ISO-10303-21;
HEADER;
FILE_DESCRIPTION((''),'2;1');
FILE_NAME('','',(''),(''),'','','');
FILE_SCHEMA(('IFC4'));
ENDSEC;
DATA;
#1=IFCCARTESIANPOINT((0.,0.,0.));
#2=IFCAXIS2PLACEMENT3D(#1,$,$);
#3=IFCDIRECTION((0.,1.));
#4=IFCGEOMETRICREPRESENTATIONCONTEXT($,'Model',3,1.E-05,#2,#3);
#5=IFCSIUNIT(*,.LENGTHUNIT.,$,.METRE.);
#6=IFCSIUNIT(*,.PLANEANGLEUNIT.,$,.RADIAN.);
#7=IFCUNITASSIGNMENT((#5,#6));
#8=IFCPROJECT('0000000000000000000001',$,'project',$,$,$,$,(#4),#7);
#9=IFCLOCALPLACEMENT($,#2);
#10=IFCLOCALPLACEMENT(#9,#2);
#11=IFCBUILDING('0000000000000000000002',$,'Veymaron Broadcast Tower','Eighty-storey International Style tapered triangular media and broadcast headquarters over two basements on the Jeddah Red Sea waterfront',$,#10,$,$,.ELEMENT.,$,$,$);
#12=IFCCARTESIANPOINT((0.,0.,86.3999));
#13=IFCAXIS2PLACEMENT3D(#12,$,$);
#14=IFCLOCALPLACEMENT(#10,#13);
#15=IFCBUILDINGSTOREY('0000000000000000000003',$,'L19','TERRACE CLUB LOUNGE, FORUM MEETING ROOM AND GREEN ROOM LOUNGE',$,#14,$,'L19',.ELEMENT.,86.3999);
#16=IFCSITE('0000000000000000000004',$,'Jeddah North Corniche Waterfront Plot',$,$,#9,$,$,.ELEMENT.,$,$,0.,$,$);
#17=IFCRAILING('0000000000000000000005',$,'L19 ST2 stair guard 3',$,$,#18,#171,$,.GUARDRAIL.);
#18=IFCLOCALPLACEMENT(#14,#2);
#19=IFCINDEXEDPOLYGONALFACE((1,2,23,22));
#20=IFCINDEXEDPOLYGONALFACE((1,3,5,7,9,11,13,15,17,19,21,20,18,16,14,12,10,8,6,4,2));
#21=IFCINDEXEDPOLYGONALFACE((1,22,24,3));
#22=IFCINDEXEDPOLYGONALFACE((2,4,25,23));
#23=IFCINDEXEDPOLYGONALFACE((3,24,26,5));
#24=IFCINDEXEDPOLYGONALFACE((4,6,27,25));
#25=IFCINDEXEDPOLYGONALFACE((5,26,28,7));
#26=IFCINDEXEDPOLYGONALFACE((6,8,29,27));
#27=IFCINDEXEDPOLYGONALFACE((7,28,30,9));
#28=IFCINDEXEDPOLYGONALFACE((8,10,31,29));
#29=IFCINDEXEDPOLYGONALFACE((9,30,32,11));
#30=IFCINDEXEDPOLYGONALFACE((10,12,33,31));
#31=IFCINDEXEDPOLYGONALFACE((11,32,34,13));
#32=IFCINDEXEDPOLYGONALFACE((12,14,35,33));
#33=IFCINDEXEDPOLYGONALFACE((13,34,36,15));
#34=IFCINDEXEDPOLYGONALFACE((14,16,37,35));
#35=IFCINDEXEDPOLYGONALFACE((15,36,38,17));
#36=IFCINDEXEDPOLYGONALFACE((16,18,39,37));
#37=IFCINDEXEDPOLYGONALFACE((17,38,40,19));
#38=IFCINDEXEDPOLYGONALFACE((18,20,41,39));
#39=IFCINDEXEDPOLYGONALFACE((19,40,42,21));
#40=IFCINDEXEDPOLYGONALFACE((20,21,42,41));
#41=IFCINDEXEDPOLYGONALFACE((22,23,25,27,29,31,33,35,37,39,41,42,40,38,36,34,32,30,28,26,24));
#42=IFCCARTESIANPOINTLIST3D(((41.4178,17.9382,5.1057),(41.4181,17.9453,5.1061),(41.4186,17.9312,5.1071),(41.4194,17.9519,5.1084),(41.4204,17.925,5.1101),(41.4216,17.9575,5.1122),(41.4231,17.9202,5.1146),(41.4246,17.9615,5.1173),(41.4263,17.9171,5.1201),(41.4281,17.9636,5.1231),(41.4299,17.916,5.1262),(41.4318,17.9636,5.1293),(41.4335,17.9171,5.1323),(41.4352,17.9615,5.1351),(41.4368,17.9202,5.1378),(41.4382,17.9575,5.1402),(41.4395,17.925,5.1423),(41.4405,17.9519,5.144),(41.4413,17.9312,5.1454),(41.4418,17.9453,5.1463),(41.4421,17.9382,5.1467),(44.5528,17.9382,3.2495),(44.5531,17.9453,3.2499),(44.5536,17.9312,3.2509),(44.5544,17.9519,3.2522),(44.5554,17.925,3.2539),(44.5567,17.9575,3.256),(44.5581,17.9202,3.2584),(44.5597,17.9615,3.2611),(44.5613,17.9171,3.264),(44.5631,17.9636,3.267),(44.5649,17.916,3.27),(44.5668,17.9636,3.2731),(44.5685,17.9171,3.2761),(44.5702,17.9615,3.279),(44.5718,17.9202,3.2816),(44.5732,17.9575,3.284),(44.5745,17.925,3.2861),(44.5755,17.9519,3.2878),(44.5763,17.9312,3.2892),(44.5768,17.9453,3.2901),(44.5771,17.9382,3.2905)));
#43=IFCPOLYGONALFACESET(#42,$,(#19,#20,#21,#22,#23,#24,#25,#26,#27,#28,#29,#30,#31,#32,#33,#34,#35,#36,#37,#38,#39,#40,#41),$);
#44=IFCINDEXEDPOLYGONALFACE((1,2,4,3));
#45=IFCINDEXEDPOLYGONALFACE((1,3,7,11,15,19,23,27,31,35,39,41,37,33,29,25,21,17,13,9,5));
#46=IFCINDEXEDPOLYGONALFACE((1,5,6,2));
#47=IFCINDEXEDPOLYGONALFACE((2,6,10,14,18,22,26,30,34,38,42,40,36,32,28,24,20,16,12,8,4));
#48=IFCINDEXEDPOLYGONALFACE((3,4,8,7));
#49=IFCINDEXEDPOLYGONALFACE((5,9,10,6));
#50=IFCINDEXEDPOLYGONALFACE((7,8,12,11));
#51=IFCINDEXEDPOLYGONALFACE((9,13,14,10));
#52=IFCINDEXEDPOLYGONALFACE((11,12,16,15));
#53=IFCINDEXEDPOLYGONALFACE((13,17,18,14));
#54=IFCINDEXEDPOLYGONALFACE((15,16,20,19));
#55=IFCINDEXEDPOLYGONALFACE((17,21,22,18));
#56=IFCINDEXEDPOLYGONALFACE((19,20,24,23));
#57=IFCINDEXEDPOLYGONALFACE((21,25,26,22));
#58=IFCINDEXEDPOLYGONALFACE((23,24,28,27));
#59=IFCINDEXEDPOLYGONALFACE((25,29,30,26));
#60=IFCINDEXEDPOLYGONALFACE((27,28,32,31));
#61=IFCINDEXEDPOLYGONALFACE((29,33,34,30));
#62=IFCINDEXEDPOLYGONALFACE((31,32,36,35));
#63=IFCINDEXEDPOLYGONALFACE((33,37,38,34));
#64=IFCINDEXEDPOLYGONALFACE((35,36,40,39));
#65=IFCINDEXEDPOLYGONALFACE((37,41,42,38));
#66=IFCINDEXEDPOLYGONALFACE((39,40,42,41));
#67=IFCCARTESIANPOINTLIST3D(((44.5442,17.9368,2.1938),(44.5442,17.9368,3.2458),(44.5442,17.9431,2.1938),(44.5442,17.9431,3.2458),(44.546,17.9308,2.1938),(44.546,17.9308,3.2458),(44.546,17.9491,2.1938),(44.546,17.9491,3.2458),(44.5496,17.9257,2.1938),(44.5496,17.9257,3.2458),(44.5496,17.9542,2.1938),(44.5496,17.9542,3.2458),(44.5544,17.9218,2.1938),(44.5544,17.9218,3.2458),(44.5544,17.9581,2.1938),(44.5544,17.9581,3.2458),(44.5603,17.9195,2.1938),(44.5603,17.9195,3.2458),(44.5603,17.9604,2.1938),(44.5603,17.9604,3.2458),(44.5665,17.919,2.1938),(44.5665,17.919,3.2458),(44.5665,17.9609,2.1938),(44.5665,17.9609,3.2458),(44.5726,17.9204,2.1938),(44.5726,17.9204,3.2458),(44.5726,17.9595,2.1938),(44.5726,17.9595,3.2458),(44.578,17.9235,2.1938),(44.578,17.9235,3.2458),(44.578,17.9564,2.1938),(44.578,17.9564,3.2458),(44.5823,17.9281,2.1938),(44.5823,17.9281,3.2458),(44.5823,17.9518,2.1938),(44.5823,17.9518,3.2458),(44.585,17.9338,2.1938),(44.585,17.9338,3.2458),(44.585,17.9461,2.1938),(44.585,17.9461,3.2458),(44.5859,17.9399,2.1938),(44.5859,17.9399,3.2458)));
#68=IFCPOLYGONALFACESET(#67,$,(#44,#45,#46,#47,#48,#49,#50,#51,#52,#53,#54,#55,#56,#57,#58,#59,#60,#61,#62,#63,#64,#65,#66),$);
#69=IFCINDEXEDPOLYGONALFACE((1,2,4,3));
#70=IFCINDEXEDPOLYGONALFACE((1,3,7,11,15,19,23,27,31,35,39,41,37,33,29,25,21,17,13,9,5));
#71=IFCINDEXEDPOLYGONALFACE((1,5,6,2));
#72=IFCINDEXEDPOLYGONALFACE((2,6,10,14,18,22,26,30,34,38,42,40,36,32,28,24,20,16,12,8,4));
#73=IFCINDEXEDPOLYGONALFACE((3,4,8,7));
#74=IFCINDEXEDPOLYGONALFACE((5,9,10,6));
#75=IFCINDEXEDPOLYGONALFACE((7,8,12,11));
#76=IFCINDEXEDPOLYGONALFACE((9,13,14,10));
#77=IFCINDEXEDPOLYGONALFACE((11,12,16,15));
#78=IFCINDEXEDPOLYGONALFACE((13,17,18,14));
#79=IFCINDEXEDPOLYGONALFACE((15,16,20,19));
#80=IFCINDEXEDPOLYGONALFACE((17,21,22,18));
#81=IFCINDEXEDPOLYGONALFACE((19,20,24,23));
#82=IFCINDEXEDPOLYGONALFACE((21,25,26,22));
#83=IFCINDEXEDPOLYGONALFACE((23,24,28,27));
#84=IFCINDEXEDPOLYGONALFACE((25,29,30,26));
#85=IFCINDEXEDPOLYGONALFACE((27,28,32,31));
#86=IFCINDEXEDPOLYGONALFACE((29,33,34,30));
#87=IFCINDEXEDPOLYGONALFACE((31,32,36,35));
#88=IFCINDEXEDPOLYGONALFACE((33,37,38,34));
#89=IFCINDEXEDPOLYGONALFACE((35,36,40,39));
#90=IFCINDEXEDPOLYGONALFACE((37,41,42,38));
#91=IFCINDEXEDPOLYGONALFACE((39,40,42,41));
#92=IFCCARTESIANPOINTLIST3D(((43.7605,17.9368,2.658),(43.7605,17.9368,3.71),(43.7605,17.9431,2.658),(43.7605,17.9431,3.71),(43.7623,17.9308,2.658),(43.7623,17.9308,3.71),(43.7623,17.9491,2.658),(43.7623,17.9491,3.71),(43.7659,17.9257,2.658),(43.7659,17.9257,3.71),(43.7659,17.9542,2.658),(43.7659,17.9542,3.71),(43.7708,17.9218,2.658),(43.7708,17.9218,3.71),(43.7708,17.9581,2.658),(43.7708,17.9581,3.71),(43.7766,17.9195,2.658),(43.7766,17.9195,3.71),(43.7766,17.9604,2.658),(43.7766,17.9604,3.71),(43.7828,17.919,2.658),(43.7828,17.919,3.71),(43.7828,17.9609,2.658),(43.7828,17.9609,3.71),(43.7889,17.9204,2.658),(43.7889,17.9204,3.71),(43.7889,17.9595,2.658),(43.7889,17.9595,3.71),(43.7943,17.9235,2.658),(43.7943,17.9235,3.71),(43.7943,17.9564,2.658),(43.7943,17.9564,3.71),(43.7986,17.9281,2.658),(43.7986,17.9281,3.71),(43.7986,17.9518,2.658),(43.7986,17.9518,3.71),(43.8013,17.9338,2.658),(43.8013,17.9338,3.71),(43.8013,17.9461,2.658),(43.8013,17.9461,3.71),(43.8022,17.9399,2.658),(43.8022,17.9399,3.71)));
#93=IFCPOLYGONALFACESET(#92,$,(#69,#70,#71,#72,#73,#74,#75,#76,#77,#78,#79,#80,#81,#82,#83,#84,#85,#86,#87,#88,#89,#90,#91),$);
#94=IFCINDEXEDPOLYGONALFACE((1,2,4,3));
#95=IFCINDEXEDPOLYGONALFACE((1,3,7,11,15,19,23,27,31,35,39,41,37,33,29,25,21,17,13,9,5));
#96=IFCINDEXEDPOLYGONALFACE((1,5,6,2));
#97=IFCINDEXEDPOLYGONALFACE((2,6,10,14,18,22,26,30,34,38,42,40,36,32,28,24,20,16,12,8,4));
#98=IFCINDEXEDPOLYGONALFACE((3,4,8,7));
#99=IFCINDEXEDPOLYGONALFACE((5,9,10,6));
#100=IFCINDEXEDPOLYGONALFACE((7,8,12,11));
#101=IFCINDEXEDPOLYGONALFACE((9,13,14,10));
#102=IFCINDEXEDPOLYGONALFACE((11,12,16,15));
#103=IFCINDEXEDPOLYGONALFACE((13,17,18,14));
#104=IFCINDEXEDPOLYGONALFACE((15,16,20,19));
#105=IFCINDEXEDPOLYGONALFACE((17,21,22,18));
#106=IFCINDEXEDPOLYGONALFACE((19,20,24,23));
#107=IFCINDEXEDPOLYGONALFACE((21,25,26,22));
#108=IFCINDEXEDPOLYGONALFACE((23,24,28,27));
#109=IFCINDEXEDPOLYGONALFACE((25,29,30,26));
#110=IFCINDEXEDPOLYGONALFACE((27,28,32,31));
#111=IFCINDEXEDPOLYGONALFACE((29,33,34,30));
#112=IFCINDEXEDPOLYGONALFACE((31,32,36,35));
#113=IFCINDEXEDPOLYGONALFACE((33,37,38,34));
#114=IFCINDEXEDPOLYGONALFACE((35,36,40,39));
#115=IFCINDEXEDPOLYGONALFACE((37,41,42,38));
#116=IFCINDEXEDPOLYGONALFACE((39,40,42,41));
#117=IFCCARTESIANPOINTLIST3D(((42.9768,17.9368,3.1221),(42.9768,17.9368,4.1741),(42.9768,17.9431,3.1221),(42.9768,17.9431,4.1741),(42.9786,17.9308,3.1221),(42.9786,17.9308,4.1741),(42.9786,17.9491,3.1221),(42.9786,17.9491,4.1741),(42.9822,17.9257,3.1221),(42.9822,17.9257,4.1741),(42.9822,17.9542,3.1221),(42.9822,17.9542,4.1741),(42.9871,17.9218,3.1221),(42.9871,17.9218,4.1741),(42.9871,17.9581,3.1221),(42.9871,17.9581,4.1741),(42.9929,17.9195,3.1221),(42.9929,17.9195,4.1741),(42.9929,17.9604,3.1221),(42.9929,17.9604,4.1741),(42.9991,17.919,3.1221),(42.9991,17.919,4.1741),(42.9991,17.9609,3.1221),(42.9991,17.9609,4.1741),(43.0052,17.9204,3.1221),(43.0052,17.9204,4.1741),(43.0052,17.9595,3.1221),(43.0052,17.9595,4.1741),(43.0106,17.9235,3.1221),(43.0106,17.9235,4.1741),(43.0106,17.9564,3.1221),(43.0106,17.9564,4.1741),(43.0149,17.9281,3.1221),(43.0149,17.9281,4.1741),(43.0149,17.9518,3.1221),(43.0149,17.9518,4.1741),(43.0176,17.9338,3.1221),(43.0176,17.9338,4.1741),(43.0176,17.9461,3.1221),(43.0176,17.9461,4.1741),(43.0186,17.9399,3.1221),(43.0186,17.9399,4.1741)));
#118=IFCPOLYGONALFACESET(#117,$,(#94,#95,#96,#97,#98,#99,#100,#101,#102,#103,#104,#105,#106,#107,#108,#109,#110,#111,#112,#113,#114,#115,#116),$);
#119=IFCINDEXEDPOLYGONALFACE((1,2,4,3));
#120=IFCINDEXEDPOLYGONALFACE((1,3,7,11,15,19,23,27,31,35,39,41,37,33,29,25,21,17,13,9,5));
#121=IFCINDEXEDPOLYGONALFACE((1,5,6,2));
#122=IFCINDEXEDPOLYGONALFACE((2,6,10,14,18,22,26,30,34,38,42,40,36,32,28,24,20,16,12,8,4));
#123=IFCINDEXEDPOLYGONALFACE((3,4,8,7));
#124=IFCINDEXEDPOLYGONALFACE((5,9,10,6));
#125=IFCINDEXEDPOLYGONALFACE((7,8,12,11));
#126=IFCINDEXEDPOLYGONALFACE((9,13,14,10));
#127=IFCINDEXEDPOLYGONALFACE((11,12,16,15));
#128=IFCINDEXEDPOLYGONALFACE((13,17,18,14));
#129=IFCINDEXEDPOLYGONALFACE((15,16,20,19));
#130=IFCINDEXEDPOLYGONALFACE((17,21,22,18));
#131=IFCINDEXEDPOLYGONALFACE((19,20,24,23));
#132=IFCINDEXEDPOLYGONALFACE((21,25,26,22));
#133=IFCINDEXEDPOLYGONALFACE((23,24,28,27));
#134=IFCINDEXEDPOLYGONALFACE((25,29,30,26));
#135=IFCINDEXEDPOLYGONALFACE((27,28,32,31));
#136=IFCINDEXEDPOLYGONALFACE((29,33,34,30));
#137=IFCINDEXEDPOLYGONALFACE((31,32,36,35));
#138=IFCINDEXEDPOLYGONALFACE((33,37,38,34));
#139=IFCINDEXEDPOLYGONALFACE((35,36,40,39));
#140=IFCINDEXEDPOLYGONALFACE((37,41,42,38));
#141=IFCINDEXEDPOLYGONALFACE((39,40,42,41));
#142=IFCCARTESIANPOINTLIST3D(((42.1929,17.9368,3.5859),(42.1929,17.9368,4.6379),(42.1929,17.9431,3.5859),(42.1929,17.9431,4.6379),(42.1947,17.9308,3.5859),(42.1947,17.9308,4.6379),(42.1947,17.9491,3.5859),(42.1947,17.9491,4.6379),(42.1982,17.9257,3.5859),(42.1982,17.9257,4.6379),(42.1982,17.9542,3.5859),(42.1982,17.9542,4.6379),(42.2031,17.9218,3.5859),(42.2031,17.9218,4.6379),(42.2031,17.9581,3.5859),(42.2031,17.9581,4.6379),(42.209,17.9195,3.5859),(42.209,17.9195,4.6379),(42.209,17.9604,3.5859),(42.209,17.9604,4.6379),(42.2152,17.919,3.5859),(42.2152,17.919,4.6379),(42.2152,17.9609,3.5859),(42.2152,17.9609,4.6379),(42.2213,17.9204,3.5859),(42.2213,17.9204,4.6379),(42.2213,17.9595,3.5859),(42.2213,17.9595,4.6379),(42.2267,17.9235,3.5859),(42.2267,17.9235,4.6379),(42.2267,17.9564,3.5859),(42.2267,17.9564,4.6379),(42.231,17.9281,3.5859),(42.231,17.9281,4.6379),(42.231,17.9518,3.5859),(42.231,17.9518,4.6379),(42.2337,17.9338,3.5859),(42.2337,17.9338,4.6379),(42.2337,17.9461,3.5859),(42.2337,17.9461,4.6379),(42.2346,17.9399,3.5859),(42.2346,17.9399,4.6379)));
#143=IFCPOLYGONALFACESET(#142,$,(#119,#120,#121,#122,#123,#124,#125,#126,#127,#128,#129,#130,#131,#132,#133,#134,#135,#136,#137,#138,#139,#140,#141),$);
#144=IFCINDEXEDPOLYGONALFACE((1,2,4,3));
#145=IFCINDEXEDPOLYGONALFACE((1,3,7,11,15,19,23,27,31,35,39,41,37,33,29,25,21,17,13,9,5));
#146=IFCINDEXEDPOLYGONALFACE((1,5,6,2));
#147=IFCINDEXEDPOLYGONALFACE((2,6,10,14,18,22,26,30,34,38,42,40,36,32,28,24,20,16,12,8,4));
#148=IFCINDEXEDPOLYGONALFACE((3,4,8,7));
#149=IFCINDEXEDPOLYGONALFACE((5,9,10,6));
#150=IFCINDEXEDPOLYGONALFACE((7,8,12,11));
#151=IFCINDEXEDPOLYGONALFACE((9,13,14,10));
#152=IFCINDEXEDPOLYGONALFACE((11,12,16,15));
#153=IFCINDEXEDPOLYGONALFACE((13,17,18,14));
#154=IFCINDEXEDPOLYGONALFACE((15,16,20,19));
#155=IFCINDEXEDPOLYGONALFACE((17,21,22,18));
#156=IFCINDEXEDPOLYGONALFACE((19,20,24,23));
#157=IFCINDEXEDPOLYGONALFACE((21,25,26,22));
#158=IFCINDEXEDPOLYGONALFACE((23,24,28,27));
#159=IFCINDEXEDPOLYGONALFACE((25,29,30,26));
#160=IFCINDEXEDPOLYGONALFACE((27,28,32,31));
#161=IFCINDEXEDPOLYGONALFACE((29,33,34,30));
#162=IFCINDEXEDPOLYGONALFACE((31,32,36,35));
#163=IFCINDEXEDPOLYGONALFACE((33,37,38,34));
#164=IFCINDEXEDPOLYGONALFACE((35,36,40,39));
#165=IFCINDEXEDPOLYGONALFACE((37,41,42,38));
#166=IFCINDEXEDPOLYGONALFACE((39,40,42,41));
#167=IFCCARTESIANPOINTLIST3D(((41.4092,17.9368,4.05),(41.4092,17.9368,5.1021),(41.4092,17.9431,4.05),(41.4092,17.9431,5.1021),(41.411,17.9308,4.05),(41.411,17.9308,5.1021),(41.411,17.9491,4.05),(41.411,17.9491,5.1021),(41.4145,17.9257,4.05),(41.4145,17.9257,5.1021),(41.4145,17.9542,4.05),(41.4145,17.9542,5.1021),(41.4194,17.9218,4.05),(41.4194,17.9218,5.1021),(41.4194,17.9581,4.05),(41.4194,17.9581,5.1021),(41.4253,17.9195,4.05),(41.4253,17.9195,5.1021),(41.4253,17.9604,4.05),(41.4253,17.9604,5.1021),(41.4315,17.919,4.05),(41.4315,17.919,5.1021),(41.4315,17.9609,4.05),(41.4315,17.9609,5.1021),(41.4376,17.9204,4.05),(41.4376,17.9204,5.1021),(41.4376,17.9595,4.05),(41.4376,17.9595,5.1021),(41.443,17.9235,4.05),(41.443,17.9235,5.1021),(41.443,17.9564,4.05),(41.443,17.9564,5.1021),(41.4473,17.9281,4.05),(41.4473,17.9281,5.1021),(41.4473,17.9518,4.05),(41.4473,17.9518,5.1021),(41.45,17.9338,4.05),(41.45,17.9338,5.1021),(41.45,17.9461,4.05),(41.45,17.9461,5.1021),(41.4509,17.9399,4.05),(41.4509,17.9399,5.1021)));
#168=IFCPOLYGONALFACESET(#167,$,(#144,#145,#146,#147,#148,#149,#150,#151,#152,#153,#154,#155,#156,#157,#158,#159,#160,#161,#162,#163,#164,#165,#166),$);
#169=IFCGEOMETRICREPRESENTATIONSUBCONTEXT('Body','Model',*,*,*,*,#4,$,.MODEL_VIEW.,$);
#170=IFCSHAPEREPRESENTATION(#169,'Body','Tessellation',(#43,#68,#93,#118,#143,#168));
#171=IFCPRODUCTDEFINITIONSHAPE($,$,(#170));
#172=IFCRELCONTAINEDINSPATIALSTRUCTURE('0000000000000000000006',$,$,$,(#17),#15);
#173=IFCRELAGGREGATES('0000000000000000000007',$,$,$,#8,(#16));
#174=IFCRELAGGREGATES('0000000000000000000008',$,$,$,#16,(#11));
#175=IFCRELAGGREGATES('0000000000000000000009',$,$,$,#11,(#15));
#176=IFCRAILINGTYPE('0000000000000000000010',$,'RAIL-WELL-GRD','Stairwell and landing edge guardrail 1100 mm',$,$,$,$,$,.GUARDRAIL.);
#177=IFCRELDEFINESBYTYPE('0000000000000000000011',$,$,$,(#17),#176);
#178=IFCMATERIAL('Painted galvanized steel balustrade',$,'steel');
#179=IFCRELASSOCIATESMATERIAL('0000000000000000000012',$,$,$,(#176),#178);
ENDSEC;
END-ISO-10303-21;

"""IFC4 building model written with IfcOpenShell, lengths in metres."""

from ifc_helpers import new_model, si_unit, direction, frame, origin, origin_2d, place, context, subcontext, project, spatial, circle, extrude, material, type_object, element, save


model = new_model("IFC4")

# Units and contexts
model_context = context("Model", 3, precision=1e-05, world=origin(), true_north=direction((0.0, 1.0)))
body_context = subcontext(model_context, "Body", "Model", "MODEL_VIEW")
ifc_project = project(units=[si_unit("LENGTHUNIT", "METRE"), si_unit("PLANEANGLEUNIT", "RADIAN")], contexts=[model_context])

# Site, building, storey
site_placement = place(None, origin())
site = spatial("IfcSite", under=ifc_project, at=site_placement, Name="Jeddah North Corniche Waterfront Plot", CompositionType="ELEMENT", RefElevation=0.0)
building_placement = place(site_placement, origin())
building = spatial("IfcBuilding", under=site, at=building_placement, Name="Veymaron Broadcast Tower", Description="Eighty-storey International Style tapered triangular media and broadcast headquarters over two basements on the Jeddah Red Sea waterfront", CompositionType="ELEMENT")
storey_placement = place(building_placement, frame((0.0, 0.0, 86.3999)))
storey = spatial("IfcBuildingStorey", under=building, at=storey_placement, Name="L19", Description="TERRACE CLUB LOUNGE, FORUM MEETING ROOM AND GREEN ROOM LOUNGE", LongName="L19", CompositionType="ELEMENT", Elevation=86.3999)

# Railing
ifc_material_1 = material(Name="Painted galvanized steel balustrade", Category="steel")
railing_type_1 = type_object("IfcRailingType", Name="RAIL-WELL-GRD", Description="Stairwell and landing edge guardrail 1100 mm", PredefinedType="GUARDRAIL", material=ifc_material_1)
railing_1_placement = place(storey_placement, frame((44.5649, 17.9399, 2.1938)))
element("IfcRailing", 1, at=railing_1_placement, inside=storey, type_object=railing_type_1, Name="L19 ST2 stair guard 3", PredefinedType="GUARDRAIL", context=body_context, shape_type="SweptSolid", body=[
    extrude(circle(Radius=0.0239, at=origin_2d()), frame((0.0, 0.0, 1.0762), z_axis=(-0.860482, 0.0, 0.509481), x_axis=(0.0, -1.0, 0.0)), (0.0, 0.0, 1.0), 3.6433),
    extrude(circle(Radius=0.021, at=origin_2d()), origin(), (0.0, 0.0, 1.0), 1.052),
    extrude(circle(Radius=0.021, at=origin_2d()), frame((-0.7837, 0.0, 0.4641)), (0.0, 0.0, 1.0), 1.052),
    extrude(circle(Radius=0.021, at=origin_2d()), frame((-1.5674, 0.0, 0.9282)), (0.0, 0.0, 1.0), 1.052),
    extrude(circle(Radius=0.021, at=origin_2d()), frame((-2.3513, 0.0, 1.3921)), (0.0, 0.0, 1.0), 1.052),
    extrude(circle(Radius=0.021, at=origin_2d()), frame((-3.135, 0.0, 1.8562)), (0.0, 0.0, 1.0), 1.052),
])

save(model, "model.ifc")
